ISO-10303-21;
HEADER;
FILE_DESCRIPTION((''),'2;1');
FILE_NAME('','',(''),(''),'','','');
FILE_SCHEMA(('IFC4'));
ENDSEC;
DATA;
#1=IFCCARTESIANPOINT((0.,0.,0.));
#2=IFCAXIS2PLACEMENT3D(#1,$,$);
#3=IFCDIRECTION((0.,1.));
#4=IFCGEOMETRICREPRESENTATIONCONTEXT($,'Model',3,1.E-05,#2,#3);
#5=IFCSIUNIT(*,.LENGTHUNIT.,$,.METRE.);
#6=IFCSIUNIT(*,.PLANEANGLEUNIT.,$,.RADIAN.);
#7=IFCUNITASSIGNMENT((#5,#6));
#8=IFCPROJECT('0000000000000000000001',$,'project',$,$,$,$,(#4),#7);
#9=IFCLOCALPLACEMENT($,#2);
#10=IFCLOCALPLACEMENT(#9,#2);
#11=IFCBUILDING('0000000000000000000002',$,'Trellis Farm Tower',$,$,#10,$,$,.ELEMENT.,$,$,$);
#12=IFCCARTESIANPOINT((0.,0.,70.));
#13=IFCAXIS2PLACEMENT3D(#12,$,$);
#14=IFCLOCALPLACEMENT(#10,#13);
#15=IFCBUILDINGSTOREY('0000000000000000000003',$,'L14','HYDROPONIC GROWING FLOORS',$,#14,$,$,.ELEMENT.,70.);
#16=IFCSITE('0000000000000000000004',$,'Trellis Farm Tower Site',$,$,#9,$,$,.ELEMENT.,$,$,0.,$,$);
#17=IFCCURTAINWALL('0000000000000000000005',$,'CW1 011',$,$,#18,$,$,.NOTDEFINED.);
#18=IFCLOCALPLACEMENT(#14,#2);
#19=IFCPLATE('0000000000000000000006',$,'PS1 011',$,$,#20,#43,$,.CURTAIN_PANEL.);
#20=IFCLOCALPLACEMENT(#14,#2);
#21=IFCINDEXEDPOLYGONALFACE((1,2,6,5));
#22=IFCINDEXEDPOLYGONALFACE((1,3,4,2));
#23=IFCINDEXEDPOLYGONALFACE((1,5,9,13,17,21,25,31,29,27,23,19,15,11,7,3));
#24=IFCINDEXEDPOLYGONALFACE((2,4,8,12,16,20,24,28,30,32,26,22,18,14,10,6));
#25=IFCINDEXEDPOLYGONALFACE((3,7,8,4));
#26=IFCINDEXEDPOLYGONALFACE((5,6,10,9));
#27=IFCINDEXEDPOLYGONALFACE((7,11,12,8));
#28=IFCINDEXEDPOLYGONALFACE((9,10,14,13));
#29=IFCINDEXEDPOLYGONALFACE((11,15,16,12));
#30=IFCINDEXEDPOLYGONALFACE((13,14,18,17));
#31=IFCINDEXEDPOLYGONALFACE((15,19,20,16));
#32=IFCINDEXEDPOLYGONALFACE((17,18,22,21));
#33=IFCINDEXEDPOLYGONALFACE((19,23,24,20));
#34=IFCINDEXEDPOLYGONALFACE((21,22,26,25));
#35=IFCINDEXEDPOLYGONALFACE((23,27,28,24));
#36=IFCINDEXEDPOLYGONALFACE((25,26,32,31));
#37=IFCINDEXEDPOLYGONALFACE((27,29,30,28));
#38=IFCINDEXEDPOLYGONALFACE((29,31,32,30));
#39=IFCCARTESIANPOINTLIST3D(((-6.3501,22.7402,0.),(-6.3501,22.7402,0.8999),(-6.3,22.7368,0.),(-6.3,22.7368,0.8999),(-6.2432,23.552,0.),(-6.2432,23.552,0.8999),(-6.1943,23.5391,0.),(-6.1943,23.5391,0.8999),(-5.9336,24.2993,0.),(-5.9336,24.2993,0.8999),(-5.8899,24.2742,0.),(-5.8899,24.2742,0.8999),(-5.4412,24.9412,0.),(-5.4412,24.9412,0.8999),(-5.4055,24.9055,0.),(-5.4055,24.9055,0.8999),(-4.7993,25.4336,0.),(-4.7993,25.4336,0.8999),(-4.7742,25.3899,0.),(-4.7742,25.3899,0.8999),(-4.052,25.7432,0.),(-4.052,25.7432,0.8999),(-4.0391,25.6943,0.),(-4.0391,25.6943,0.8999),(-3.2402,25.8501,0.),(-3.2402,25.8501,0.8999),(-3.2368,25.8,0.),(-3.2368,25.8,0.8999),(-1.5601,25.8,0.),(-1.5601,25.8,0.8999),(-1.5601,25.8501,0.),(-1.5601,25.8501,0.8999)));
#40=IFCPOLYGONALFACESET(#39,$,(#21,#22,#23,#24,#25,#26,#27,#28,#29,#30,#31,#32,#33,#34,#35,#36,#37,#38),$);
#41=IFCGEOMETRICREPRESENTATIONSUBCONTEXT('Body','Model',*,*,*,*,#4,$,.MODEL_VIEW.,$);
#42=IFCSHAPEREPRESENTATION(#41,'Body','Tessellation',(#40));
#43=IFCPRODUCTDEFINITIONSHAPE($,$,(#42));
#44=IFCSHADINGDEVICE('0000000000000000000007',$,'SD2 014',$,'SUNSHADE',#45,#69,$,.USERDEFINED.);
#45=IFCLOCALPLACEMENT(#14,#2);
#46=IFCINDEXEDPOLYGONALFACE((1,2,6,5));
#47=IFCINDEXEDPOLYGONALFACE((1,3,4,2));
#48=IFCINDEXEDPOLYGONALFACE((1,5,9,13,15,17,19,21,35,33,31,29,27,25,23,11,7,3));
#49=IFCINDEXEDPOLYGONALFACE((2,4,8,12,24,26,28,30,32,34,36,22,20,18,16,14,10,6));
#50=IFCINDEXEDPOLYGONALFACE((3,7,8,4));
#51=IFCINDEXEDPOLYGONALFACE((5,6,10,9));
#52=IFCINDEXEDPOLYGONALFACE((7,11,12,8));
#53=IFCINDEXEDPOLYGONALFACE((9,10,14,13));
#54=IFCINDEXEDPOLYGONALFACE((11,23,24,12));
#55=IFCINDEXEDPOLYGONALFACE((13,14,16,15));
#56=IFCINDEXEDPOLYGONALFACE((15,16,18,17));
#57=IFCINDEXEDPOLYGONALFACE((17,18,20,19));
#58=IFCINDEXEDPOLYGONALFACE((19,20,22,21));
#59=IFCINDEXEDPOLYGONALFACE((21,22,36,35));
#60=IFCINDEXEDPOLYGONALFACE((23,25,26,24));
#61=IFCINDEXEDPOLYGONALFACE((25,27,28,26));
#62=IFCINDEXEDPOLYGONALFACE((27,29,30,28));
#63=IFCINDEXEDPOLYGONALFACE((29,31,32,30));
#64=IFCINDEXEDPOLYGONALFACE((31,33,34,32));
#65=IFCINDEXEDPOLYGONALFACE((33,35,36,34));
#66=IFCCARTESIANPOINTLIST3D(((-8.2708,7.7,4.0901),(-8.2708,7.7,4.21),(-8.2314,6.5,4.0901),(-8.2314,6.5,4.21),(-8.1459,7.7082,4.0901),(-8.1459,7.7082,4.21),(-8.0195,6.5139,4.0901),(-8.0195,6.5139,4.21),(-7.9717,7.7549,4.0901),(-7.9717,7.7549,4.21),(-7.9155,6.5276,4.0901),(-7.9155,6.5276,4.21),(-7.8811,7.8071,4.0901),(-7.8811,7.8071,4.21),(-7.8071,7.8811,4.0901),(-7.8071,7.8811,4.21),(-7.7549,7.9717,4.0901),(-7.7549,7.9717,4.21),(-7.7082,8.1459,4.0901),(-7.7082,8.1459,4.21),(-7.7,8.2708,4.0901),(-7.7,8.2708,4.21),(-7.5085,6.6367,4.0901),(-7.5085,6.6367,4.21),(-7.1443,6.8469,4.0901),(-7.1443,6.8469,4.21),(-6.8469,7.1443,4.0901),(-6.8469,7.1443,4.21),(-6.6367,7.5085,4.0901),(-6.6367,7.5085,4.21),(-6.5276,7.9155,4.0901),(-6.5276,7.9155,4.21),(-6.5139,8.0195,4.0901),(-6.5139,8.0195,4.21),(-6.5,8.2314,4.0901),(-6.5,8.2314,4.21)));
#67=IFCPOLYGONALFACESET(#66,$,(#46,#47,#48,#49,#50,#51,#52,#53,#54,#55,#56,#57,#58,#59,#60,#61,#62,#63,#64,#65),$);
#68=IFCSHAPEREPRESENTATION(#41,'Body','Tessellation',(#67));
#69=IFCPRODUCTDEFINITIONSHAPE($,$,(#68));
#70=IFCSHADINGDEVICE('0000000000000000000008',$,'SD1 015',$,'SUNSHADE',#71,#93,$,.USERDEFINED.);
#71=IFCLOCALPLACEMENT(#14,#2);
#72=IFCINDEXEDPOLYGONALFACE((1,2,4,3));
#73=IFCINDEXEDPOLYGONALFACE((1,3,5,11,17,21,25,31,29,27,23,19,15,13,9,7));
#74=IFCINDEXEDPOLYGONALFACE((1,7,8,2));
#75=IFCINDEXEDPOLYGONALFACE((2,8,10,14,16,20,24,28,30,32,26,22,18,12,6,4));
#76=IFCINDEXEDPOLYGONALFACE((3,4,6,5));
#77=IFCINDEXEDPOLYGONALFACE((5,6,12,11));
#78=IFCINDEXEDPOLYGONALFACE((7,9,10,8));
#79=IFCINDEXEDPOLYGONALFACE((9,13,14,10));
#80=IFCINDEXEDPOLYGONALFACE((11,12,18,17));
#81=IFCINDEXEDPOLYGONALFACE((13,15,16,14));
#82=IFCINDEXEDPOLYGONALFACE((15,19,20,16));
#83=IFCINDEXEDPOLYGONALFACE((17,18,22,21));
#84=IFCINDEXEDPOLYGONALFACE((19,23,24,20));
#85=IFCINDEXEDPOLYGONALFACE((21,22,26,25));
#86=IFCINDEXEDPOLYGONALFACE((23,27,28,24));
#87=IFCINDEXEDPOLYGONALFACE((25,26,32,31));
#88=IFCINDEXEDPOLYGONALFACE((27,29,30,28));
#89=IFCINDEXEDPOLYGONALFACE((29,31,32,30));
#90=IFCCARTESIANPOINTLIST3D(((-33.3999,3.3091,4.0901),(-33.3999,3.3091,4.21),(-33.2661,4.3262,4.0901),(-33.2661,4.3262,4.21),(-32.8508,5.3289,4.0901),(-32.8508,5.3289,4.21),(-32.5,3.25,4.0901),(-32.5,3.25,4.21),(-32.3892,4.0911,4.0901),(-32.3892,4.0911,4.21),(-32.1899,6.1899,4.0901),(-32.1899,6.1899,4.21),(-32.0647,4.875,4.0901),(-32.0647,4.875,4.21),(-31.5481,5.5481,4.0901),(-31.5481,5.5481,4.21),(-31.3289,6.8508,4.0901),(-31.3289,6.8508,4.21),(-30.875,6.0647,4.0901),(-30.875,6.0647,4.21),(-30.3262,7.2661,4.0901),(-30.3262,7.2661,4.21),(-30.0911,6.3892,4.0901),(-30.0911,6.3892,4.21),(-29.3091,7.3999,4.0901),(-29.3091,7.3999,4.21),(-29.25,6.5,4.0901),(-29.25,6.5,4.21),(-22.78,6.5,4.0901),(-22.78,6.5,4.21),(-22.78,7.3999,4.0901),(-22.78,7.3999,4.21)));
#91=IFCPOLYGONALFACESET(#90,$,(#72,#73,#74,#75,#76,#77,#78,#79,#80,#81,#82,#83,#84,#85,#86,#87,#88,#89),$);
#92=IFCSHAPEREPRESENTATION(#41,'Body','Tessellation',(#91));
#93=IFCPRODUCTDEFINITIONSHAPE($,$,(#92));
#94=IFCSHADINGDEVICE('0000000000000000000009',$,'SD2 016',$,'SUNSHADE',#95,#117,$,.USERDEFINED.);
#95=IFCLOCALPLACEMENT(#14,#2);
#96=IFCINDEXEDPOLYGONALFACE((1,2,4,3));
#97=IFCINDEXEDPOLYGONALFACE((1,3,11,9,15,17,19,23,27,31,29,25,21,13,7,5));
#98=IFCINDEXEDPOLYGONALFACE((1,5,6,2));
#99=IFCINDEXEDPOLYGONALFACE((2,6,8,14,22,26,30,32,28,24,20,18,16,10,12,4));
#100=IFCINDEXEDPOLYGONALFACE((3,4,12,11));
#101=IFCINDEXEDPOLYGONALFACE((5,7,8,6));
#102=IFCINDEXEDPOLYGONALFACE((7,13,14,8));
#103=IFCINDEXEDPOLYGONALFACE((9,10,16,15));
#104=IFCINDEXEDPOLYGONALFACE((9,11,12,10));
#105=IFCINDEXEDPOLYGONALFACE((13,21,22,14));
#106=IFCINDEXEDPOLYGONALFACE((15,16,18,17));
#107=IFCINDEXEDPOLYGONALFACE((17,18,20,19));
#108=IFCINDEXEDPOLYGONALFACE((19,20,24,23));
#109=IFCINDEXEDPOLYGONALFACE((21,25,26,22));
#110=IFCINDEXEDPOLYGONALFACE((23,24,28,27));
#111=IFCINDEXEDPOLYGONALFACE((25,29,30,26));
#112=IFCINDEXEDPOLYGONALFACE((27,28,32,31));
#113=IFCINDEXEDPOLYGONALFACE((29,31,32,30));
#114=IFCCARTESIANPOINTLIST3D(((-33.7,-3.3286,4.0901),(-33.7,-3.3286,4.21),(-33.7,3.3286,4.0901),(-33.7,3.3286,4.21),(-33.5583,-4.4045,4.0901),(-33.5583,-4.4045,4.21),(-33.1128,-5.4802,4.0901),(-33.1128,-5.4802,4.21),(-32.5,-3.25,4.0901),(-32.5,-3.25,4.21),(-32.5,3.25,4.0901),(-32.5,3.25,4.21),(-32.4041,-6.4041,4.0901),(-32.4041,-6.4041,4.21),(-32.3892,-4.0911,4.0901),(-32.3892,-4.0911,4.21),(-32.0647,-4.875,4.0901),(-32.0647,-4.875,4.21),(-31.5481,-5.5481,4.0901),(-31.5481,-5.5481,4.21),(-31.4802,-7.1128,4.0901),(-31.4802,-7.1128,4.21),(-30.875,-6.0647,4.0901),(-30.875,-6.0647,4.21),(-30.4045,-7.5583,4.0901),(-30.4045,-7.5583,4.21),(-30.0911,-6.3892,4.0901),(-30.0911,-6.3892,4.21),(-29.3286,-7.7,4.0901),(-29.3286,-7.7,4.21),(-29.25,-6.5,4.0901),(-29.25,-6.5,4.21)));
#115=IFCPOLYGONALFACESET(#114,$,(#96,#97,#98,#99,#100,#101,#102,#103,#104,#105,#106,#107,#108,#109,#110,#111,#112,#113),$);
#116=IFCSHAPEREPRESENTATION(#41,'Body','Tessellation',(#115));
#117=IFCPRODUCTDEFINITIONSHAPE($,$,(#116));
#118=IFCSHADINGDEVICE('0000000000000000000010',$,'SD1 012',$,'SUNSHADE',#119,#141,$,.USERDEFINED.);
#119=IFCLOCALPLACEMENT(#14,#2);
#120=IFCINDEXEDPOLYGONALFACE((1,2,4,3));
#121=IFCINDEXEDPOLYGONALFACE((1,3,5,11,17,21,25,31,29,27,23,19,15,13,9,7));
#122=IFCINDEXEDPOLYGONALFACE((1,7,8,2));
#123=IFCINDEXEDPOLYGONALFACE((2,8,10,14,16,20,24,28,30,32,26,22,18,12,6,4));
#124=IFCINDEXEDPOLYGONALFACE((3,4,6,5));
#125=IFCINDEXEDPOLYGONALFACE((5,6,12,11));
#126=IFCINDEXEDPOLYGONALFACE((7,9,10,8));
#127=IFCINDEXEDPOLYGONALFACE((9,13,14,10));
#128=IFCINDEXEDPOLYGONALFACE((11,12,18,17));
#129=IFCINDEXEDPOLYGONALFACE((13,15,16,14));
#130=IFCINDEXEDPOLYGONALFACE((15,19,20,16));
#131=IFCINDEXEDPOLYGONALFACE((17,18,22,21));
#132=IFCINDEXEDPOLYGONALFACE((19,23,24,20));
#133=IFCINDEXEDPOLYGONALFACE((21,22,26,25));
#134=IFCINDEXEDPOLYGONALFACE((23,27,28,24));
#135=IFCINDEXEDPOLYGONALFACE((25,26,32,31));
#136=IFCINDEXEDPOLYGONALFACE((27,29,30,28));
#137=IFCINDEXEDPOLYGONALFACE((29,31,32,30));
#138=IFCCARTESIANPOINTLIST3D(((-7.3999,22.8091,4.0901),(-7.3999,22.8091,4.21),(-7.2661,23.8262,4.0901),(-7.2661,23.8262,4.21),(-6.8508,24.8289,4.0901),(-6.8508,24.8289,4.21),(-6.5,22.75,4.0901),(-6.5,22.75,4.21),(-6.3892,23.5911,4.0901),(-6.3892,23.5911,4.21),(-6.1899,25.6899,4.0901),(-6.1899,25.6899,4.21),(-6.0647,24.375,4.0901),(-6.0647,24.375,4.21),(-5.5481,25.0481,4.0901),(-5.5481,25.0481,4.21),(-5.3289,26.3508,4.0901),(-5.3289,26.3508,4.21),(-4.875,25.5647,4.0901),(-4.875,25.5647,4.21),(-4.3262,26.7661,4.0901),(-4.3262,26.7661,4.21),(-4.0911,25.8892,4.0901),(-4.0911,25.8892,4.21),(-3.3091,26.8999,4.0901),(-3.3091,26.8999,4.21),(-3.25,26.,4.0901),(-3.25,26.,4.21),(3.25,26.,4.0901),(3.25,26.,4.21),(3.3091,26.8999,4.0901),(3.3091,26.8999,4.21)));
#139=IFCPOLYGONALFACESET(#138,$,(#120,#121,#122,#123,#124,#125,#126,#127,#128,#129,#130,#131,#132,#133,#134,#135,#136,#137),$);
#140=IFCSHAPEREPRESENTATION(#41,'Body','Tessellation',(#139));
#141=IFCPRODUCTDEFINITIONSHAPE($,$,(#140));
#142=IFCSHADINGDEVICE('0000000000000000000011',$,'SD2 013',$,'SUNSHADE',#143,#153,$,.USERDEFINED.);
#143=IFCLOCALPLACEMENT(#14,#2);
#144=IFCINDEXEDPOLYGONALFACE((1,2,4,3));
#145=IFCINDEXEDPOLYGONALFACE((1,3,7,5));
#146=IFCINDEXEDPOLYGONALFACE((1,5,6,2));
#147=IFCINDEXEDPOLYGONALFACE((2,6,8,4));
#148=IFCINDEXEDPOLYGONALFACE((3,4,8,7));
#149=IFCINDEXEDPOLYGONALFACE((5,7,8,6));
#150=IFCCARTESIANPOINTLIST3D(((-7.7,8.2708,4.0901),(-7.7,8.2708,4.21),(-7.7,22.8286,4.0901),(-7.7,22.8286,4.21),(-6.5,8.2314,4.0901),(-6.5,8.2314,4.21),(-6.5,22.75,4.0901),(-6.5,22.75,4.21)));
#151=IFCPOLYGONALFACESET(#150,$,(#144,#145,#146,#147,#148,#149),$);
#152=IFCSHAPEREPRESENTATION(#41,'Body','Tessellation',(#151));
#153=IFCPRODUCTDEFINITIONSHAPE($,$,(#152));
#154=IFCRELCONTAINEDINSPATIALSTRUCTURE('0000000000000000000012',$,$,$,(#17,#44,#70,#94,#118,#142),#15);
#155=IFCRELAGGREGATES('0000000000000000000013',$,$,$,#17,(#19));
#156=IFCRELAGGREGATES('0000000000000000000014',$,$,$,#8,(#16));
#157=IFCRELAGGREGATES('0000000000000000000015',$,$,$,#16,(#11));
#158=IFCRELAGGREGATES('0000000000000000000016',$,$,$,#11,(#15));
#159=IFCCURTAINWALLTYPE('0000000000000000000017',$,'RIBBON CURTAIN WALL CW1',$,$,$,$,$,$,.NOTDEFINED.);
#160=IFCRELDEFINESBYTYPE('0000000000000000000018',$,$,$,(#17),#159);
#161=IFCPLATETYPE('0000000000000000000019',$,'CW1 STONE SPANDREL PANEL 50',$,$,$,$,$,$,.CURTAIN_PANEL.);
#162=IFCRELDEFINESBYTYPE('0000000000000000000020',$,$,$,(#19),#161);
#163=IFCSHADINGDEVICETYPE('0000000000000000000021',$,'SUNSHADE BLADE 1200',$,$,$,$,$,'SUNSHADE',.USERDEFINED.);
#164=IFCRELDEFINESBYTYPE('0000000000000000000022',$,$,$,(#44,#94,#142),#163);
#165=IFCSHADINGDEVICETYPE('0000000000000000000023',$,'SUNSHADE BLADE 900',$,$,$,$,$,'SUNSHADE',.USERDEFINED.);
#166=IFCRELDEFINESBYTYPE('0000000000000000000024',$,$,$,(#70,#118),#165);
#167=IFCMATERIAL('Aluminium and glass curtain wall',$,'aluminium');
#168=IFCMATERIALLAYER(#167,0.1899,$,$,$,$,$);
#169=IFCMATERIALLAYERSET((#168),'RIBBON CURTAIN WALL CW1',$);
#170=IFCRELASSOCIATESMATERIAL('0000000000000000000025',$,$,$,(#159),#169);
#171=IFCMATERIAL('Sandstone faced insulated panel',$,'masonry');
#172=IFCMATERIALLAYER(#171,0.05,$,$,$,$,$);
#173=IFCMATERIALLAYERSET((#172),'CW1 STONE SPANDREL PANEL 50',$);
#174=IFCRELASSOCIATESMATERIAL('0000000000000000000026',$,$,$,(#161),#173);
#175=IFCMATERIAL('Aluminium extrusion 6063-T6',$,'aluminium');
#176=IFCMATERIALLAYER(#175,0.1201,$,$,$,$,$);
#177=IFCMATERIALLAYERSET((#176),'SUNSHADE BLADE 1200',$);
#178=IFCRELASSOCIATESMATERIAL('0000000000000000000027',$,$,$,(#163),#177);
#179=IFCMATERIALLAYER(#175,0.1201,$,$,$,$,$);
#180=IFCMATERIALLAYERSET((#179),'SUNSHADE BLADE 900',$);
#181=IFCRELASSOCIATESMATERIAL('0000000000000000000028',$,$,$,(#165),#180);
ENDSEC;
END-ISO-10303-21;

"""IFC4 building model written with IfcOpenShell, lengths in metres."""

from ifc_helpers import new_model, si_unit, direction, frame, origin, place, context, subcontext, project, spatial, polyline, outline, extrude, source, transform, mapped, material, layer, layer_set, type_object, element, aggregate, save


model = new_model("IFC4")

# Units and contexts
model_context = context("Model", 3, precision=1e-05, world=origin(), true_north=direction((0.0, 1.0)))
body_context = subcontext(model_context, "Body", "Model", "MODEL_VIEW")
ifc_project = project(units=[si_unit("LENGTHUNIT", "METRE"), si_unit("PLANEANGLEUNIT", "RADIAN")], contexts=[model_context])

# Site, building, storey
site_placement = place(None, origin())
site = spatial("IfcSite", under=ifc_project, at=site_placement, Name="Trellis Farm Tower Site", CompositionType="ELEMENT", RefElevation=0.0)
building_placement = place(site_placement, origin())
building = spatial("IfcBuilding", under=site, at=building_placement, Name="Trellis Farm Tower", CompositionType="ELEMENT")
storey_placement = place(building_placement, frame((0.0, 0.0, 70.0)))
storey = spatial("IfcBuildingStorey", under=building, at=storey_placement, Name="L14", Description="HYDROPONIC GROWING FLOORS", CompositionType="ELEMENT", Elevation=70.0)

# Curtain wall
ifc_material_1 = material(Name="Aluminium and glass curtain wall", Category="aluminium")
placement_1 = place(storey_placement, origin())
ifc_material_2 = material(Name="Aluminium extrusion 6063-T6", Category="aluminium")
ifc_layer_1 = layer(ifc_material_1, 0.1899)
ifc_layer_set_1 = layer_set([ifc_layer_1], Name="RIBBON CURTAIN WALL CW1")
curtain_wall_type_1 = type_object("IfcCurtainWallType", Name="RIBBON CURTAIN WALL CW1", PredefinedType="NOTDEFINED", material=ifc_layer_set_1)
curtain_wall_1 = element("IfcCurtainWall", 1, at=placement_1, inside=storey, type_object=curtain_wall_type_1, Name="CW1 011", PredefinedType="NOTDEFINED")

# Plate
ifc_material_3 = material(Name="Sandstone faced insulated panel", Category="masonry")
ifc_layer_2 = layer(ifc_material_3, 0.05)
ifc_layer_set_2 = layer_set([ifc_layer_2], Name="CW1 STONE SPANDREL PANEL 50")
plate_type_1 = type_object("IfcPlateType", Name="CW1 STONE SPANDREL PANEL 50", PredefinedType="CURTAIN_PANEL", material=ifc_layer_set_2)
shared_shape_1 = source(origin(), body_context, "Body", "SweptSolid", [
    extrude(outline(polyline([(-1.5601, 25.8501), (-3.2402, 25.8501), (-4.052, 25.7432), (-4.7993, 25.4336), (-5.4412, 24.9412), (-5.9336, 24.2993), (-6.2432, 23.552), (-6.3501, 22.7402), (-6.3, 22.7368), (-6.1943, 23.5391), (-5.8899, 24.2742), (-5.4055, 24.9055), (-4.7742, 25.3899), (-4.0391, 25.6943), (-3.2368, 25.8), (-1.5601, 25.8), (-1.5601, 25.8501)])), origin(), (0.0, 0.0, 1.0), 0.8999),
])
plate_1 = element("IfcPlate", 2, at=placement_1, type_object=plate_type_1, Name="PS1 011", PredefinedType="CURTAIN_PANEL", context=body_context, shape_type="MappedRepresentation", body=[
    mapped(shared_shape_1, transform((0.0, 0.0, 0.0))),
])
aggregate(curtain_wall_1, [plate_1])

# Shading devices
ifc_layer_3 = layer(ifc_material_2, 0.1201)
ifc_layer_set_3 = layer_set([ifc_layer_3], Name="SUNSHADE BLADE 1200")
shading_device_type_1 = type_object("IfcShadingDeviceType", Name="SUNSHADE BLADE 1200", ElementType="SUNSHADE", PredefinedType="USERDEFINED", material=ifc_layer_set_3)
shared_shape_2 = source(origin(), body_context, "Body", "SweptSolid", [
    extrude(outline(polyline([(-7.7, 8.2708), (-7.7087, 8.1372), (-7.707, 8.1501), (-7.7549, 7.9717), (-7.8071, 7.8811), (-7.8811, 7.8071), (-7.9717, 7.7549), (-8.1501, 7.707), (-8.1372, 7.7087), (-8.2708, 7.7), (-8.2314, 6.5), (-8.0195, 6.5139), (-7.9155, 6.5276), (-7.5085, 6.6367), (-7.1443, 6.8469), (-6.8469, 7.1443), (-6.6367, 7.5085), (-6.5276, 7.9155), (-6.5139, 8.0195), (-6.5, 8.2314), (-7.7, 8.2708)])), origin(), (0.0, 0.0, 1.0), 0.1199),
])
placement_2 = place(storey_placement, frame((0.0, 0.0, 4.0901)))
element("IfcShadingDevice", 3, at=placement_2, inside=storey, type_object=shading_device_type_1, Name="SD2 014", ObjectType="SUNSHADE", PredefinedType="USERDEFINED", context=body_context, shape_type="MappedRepresentation", body=[
    mapped(shared_shape_2, transform((0.0, 0.0, 0.0))),
])
ifc_layer_4 = layer(ifc_material_2, 0.1201)
ifc_layer_set_4 = layer_set([ifc_layer_4], Name="SUNSHADE BLADE 900")
shading_device_type_2 = type_object("IfcShadingDeviceType", Name="SUNSHADE BLADE 900", ElementType="SUNSHADE", PredefinedType="USERDEFINED", material=ifc_layer_set_4)
shared_shape_3 = source(origin(), body_context, "Body", "SweptSolid", [
    extrude(outline(polyline([(-22.78, 7.3999), (-29.3091, 7.3999), (-30.3262, 7.2661), (-31.3289, 6.8508), (-32.1899, 6.1899), (-32.8508, 5.3289), (-33.2661, 4.3262), (-33.3999, 3.3091), (-32.5, 3.25), (-32.3892, 4.0911), (-32.0647, 4.875), (-31.5481, 5.5481), (-30.875, 6.0647), (-30.0911, 6.3892), (-29.25, 6.5), (-22.78, 6.5), (-22.78, 7.3999)])), origin(), (0.0, 0.0, 1.0), 0.1199),
])
element("IfcShadingDevice", 4, at=placement_2, inside=storey, type_object=shading_device_type_2, Name="SD1 015", ObjectType="SUNSHADE", PredefinedType="USERDEFINED", context=body_context, shape_type="MappedRepresentation", body=[
    mapped(shared_shape_3, transform((0.0, 0.0, 0.0))),
])
shared_shape_4 = source(origin(), body_context, "Body", "SweptSolid", [
    extrude(outline(polyline([(-33.7, 3.3286), (-33.7, -3.3286), (-33.5583, -4.4045), (-33.1128, -5.4802), (-32.4041, -6.4041), (-31.4802, -7.1128), (-30.4045, -7.5583), (-29.3286, -7.7), (-29.25, -6.5), (-30.0911, -6.3892), (-30.875, -6.0647), (-31.5481, -5.5481), (-32.0647, -4.875), (-32.3892, -4.0911), (-32.5, -3.25), (-32.5, 3.25), (-33.7, 3.3286)])), origin(), (0.0, 0.0, 1.0), 0.1199),
])
element("IfcShadingDevice", 5, at=placement_2, inside=storey, type_object=shading_device_type_1, Name="SD2 016", ObjectType="SUNSHADE", PredefinedType="USERDEFINED", context=body_context, shape_type="MappedRepresentation", body=[
    mapped(shared_shape_4, transform((0.0, 0.0, 0.0))),
])
shared_shape_5 = source(origin(), body_context, "Body", "SweptSolid", [
    extrude(outline(polyline([(3.3091, 26.8999), (-3.3091, 26.8999), (-4.3262, 26.7661), (-5.3289, 26.3508), (-6.1899, 25.6899), (-6.8508, 24.8289), (-7.2661, 23.8262), (-7.3999, 22.8091), (-6.5, 22.75), (-6.3892, 23.5911), (-6.0647, 24.375), (-5.5481, 25.0481), (-4.875, 25.5647), (-4.0911, 25.8892), (-3.25, 26.0), (3.25, 26.0), (3.3091, 26.8999)])), origin(), (0.0, 0.0, 1.0), 0.1199),
])
element("IfcShadingDevice", 6, at=placement_2, inside=storey, type_object=shading_device_type_2, Name="SD1 012", ObjectType="SUNSHADE", PredefinedType="USERDEFINED", context=body_context, shape_type="MappedRepresentation", body=[
    mapped(shared_shape_5, transform((0.0, 0.0, 0.0))),
])
shared_shape_6 = source(origin(), body_context, "Body", "SweptSolid", [
    extrude(outline(polyline([(-7.7, 22.8286), (-7.7, 8.2708), (-6.5, 8.2314), (-6.5, 22.75), (-7.7, 22.8286)])), origin(), (0.0, 0.0, 1.0), 0.1199),
])
element("IfcShadingDevice", 7, at=placement_2, inside=storey, type_object=shading_device_type_1, Name="SD2 013", ObjectType="SUNSHADE", PredefinedType="USERDEFINED", context=body_context, shape_type="MappedRepresentation", body=[
    mapped(shared_shape_6, transform((0.0, 0.0, 0.0))),
])

save(model, "model.ifc")
